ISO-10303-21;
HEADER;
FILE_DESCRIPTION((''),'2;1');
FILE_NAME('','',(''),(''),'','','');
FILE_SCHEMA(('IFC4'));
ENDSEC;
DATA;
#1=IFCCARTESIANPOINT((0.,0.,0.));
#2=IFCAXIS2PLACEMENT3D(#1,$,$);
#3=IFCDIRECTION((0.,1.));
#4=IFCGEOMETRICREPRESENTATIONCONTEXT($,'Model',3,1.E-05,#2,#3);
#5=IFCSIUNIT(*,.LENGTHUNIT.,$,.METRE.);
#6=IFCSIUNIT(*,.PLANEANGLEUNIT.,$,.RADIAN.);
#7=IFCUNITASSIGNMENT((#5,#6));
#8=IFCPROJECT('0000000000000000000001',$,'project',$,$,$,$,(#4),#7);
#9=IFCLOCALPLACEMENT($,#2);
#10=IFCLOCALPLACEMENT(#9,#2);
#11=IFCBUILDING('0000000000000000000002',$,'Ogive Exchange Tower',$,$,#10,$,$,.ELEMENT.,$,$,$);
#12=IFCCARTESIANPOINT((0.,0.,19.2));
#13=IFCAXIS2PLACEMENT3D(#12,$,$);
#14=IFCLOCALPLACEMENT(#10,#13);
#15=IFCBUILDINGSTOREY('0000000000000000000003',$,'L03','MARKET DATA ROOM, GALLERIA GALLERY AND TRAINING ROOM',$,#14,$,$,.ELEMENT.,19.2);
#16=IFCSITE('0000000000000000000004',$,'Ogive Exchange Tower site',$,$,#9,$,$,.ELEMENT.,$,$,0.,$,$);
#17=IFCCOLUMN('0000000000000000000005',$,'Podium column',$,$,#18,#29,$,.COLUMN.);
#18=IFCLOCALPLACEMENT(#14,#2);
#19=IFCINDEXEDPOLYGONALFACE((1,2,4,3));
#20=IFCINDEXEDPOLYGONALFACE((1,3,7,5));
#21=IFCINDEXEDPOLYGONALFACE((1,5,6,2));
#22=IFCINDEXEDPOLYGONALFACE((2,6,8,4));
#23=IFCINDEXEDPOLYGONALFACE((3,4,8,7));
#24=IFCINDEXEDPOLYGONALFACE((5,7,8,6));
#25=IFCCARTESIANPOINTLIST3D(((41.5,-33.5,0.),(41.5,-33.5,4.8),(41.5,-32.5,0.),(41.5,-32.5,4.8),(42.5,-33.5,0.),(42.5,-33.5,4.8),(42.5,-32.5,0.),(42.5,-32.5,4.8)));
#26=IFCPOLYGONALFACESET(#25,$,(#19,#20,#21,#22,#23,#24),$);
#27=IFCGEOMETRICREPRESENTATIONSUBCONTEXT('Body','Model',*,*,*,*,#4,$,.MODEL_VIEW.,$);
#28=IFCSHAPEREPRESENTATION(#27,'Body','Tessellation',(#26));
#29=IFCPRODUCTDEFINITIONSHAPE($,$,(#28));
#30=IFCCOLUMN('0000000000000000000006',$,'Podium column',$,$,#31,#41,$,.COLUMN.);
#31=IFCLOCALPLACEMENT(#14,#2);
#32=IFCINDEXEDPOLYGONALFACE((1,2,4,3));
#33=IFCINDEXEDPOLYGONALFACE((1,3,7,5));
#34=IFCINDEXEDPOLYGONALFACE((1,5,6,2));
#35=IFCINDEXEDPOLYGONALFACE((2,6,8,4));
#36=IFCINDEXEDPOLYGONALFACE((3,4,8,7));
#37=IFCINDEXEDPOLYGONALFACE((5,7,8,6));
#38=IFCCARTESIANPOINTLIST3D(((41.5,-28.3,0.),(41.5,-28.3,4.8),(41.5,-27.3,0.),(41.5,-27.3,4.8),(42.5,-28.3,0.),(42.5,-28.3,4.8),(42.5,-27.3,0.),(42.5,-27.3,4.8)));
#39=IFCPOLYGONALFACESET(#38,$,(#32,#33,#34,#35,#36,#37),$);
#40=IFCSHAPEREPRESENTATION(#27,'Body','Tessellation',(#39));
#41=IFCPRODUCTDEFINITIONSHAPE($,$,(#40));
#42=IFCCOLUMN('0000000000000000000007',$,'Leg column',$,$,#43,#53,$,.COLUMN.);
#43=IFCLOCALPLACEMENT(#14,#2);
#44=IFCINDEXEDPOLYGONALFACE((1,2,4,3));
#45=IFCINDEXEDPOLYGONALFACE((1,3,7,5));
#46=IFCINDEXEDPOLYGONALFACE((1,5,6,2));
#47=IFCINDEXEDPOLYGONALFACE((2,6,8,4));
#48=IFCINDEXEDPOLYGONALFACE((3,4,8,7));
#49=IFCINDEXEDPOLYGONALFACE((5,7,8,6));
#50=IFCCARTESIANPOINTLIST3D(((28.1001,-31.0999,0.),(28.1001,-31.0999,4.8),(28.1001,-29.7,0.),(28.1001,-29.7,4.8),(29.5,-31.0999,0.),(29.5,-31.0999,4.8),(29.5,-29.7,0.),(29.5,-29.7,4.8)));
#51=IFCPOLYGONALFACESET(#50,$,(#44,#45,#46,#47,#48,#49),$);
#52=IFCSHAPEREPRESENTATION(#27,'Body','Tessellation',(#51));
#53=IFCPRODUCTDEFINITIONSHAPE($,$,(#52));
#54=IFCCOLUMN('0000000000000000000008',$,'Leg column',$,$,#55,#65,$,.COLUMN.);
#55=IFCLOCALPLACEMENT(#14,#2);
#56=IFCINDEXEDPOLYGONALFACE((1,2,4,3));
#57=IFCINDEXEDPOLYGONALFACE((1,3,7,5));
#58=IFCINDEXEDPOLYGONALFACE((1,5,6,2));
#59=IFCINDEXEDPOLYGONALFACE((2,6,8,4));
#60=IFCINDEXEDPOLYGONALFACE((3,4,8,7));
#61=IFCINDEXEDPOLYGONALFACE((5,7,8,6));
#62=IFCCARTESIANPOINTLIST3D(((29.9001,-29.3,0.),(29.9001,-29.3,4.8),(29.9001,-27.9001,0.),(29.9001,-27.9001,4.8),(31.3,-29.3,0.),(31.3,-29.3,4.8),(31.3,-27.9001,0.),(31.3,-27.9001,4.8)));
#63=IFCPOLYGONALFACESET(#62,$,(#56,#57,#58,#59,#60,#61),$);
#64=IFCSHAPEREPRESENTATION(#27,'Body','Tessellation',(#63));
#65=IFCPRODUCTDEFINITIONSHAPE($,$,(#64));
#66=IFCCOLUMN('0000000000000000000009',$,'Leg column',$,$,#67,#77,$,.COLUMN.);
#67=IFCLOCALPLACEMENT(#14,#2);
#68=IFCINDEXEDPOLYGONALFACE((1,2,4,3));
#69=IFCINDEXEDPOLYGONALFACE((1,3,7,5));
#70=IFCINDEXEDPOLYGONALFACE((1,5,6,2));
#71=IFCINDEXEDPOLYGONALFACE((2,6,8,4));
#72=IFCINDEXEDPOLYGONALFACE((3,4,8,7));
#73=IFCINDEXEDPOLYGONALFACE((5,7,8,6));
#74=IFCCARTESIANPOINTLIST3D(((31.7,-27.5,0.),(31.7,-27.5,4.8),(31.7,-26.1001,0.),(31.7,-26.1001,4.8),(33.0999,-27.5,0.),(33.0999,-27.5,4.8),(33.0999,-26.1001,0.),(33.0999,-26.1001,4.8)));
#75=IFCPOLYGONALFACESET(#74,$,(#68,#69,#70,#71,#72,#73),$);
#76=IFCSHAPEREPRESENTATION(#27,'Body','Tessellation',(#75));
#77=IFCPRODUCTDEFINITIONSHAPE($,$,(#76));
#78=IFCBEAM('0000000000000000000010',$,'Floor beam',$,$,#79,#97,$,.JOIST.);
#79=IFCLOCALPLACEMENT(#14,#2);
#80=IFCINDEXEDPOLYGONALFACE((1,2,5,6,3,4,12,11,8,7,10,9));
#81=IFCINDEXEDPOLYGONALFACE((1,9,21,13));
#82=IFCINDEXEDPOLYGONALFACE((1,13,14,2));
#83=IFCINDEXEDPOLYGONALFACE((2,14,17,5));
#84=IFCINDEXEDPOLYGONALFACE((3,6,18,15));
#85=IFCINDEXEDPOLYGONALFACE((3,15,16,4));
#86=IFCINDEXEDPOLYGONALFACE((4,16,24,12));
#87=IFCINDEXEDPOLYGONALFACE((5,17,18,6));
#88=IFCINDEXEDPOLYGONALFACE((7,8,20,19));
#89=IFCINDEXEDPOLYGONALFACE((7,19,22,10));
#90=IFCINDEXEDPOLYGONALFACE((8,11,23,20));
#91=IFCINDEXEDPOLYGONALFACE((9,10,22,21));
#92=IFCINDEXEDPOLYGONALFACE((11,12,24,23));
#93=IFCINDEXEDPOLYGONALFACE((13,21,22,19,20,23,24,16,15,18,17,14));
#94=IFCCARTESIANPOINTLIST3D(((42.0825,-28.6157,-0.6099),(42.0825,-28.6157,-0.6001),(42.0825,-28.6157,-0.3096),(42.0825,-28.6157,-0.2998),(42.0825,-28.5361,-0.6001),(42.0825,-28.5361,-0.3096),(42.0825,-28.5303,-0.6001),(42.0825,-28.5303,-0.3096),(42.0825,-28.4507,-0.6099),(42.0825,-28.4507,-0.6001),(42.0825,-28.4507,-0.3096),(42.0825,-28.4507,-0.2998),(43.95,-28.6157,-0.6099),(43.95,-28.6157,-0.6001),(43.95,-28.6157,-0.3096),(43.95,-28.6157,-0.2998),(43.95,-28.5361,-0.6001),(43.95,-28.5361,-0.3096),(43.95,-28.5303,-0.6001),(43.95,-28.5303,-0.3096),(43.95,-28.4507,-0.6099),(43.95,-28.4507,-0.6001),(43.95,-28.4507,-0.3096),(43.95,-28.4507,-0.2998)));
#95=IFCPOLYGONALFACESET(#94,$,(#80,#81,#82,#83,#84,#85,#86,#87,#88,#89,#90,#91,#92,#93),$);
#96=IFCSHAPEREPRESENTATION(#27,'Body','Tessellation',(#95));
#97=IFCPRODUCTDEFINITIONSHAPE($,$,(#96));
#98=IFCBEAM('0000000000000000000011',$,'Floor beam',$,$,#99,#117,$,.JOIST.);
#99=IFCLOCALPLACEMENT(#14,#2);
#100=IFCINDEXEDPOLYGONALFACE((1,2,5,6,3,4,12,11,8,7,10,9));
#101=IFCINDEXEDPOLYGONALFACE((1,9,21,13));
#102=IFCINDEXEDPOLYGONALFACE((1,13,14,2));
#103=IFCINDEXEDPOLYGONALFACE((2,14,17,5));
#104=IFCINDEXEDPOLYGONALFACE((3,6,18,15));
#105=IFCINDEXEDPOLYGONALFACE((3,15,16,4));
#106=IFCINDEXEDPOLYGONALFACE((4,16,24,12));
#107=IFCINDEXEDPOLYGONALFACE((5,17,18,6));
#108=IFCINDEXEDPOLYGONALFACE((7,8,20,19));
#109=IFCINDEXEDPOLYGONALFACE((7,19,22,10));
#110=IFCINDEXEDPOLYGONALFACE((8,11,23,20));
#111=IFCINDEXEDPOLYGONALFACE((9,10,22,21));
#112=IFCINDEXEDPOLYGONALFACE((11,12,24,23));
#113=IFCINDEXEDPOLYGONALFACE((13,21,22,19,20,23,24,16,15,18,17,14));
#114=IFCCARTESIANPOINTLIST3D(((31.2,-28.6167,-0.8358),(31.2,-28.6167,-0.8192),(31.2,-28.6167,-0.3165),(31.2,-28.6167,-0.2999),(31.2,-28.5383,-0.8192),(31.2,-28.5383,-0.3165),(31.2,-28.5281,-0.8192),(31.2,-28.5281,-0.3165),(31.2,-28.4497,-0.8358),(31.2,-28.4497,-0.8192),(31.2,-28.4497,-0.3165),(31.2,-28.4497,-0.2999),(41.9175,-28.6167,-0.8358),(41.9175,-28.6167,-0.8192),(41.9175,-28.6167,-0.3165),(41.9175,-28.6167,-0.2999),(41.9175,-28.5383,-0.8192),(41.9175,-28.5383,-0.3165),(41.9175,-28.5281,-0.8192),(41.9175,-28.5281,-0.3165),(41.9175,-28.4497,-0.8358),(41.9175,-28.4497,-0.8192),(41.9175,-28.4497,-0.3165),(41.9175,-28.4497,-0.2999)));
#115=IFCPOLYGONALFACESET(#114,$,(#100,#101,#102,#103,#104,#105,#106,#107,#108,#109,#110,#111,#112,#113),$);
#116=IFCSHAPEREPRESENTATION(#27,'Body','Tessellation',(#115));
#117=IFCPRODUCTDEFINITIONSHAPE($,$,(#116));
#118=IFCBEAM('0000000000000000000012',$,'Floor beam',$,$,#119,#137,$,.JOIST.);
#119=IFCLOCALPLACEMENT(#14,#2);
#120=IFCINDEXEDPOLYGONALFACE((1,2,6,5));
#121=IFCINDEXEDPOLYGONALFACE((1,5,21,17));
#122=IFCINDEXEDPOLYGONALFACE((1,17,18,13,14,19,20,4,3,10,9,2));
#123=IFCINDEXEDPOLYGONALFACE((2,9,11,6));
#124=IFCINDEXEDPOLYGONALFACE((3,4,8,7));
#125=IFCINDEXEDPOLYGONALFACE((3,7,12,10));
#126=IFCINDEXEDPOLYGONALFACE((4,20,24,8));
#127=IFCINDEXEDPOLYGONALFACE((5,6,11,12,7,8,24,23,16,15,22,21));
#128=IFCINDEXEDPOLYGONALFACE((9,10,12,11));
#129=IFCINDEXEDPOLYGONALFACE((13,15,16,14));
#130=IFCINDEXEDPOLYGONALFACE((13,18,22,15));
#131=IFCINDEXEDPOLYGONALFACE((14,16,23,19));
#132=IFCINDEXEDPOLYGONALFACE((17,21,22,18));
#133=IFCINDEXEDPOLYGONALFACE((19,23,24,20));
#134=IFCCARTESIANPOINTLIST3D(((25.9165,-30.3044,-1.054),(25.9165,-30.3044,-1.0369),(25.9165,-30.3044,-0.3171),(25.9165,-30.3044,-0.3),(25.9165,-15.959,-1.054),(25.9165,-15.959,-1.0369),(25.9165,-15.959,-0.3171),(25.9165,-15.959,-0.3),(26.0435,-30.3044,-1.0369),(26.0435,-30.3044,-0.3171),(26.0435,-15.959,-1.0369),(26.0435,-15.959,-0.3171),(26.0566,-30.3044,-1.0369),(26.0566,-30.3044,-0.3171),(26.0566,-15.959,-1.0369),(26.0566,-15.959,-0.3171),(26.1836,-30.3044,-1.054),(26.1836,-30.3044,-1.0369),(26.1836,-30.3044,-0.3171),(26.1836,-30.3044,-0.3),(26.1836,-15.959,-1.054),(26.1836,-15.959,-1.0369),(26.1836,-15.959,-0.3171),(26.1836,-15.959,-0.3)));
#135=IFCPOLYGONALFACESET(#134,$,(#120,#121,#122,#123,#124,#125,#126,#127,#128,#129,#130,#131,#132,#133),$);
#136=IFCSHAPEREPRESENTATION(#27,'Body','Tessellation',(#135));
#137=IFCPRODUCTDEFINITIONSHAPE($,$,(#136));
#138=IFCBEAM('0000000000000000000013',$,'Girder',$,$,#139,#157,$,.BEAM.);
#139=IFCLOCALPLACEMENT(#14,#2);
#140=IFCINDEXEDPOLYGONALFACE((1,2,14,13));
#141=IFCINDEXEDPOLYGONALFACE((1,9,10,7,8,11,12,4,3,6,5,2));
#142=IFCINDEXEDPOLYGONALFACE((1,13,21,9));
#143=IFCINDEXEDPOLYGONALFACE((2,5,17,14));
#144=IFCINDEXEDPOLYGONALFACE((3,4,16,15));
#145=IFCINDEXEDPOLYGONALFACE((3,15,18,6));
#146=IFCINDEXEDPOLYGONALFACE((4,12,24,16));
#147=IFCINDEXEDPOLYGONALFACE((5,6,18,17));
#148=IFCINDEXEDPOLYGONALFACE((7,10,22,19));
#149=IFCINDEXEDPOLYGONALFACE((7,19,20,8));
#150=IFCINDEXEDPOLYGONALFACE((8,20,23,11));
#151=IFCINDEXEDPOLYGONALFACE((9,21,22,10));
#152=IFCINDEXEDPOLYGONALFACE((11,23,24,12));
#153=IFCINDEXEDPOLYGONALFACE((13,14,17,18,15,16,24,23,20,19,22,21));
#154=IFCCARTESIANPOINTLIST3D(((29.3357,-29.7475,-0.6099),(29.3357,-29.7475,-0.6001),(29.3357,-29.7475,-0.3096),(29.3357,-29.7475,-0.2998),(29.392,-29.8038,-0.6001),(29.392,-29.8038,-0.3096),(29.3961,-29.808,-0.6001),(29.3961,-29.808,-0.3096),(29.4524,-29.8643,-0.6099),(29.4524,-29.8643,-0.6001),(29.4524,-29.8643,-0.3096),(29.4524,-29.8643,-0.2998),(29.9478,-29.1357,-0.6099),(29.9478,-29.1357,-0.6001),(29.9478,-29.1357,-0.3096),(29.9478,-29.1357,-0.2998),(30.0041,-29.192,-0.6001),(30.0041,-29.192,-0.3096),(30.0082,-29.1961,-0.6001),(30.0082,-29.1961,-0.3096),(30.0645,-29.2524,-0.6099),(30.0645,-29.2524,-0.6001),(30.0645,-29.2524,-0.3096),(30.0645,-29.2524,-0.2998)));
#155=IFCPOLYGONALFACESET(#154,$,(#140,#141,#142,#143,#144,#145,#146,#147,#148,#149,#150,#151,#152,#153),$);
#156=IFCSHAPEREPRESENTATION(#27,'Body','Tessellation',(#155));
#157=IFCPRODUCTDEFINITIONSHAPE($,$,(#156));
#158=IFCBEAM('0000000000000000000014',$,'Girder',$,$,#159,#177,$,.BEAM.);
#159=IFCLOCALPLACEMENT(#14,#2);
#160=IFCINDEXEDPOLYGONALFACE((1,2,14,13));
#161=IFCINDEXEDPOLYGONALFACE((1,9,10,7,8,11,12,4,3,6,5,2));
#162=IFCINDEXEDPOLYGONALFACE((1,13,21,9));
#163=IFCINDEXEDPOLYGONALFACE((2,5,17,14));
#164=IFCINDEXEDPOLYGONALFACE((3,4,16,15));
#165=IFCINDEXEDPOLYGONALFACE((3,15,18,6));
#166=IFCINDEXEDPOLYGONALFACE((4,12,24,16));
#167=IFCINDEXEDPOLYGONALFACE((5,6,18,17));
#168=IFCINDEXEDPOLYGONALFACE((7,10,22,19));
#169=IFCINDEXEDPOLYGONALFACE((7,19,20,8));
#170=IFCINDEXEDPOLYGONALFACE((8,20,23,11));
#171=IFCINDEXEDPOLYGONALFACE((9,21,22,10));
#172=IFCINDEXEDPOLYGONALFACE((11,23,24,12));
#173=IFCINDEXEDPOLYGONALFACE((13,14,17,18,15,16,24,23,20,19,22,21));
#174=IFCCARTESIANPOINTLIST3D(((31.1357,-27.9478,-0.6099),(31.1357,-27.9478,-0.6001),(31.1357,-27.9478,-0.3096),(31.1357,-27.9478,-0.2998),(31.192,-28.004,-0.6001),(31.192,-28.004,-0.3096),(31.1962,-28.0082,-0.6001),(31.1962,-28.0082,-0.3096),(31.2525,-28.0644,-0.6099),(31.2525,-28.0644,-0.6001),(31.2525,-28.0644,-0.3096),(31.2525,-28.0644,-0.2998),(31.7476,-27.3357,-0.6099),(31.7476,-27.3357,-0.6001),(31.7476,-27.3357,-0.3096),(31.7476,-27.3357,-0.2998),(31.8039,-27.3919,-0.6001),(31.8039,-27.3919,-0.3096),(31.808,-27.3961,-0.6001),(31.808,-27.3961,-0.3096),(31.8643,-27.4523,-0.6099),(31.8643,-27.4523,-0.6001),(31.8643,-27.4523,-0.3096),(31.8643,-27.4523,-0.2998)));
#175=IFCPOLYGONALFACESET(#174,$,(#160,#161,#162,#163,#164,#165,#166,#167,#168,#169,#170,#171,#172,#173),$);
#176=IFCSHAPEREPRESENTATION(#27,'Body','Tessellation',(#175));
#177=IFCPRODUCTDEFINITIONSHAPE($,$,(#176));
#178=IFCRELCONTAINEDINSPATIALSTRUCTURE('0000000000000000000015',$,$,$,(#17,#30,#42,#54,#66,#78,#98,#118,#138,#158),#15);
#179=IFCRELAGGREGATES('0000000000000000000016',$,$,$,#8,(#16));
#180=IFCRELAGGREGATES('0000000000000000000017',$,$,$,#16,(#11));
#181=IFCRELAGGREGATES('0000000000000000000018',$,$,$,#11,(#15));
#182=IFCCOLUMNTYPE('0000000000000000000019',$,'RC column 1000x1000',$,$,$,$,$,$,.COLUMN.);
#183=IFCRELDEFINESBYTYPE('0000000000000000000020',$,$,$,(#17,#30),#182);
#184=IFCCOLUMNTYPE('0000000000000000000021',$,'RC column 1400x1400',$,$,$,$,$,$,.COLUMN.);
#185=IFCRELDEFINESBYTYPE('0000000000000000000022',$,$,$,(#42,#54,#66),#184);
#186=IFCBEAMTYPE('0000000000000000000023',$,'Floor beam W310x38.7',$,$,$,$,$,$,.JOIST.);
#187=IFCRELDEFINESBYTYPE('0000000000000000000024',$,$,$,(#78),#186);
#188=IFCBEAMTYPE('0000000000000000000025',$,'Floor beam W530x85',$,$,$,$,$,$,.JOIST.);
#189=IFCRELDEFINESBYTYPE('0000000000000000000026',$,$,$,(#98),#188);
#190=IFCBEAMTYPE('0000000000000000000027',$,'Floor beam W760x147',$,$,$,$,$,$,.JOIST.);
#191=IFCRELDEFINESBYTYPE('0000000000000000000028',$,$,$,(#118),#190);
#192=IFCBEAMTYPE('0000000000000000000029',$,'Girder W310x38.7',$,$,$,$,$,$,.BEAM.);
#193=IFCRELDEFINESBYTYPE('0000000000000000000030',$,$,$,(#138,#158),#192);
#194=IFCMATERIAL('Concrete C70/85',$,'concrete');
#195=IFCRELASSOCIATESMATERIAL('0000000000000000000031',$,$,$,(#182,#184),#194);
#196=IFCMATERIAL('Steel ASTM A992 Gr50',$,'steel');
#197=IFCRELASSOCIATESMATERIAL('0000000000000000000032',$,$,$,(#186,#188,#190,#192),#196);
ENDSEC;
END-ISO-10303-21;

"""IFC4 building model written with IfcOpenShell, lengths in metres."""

from ifc_helpers import new_model, si_unit, direction, frame, origin, origin_2d, place, context, subcontext, project, spatial, rectangle, i_section, extrude, material, material_profile, profile_set, type_object, element, save


model = new_model("IFC4")

# Units and contexts
model_context = context("Model", 3, precision=1e-05, world=origin(), true_north=direction((0.0, 1.0)))
body_context = subcontext(model_context, "Body", "Model", "MODEL_VIEW")
ifc_project = project(units=[si_unit("LENGTHUNIT", "METRE"), si_unit("PLANEANGLEUNIT", "RADIAN")], contexts=[model_context])

# Site, building, storey
site_placement = place(None, origin())
site = spatial("IfcSite", under=ifc_project, at=site_placement, Name="Ogive Exchange Tower site", CompositionType="ELEMENT", RefElevation=0.0)
building_placement = place(site_placement, origin())
building = spatial("IfcBuilding", under=site, at=building_placement, Name="Ogive Exchange Tower", CompositionType="ELEMENT")
storey_placement = place(building_placement, frame((0.0, 0.0, 19.2)))
storey = spatial("IfcBuildingStorey", under=building, at=storey_placement, Name="L03", Description="MARKET DATA ROOM, GALLERIA GALLERY AND TRAINING ROOM", CompositionType="ELEMENT", Elevation=19.2)

# Columns
ifc_material_1 = material(Name="Concrete C70/85", Category="concrete")
ifc_material_profile_1 = material_profile(ifc_material_1, rectangle(XDim=1.0, YDim=1.0, at=origin_2d()), Name="RC 1000x1000")
ifc_profile_set_1 = profile_set([ifc_material_profile_1], Name="Concrete C70/85")
column_type_1 = type_object("IfcColumnType", Name="RC column 1000x1000", PredefinedType="COLUMN", material=ifc_profile_set_1)
for number, where, z_axis, x_axis, name in (
    (1, (42.0, -33.0, 0.0), (0.0, 0.0, 1.0), (1.0, 0.0, 0.0), "Podium column"),
    (2, (42.0, -27.8, 0.0), (0.0, 0.0, 1.0), (1.0, 0.0, 0.0), "Podium column"),
):
    element("IfcColumn", number, at=place(storey_placement, frame(where, z_axis=z_axis, x_axis=x_axis)), inside=storey, type_object=column_type_1, Name=name, PredefinedType="COLUMN", context=body_context, shape_type="SweptSolid", body=[
        extrude(rectangle(XDim=1.0, YDim=1.0, at=origin_2d()), origin(), (0.0, 0.0, 1.0), 4.8),
    ])
ifc_material_profile_2 = material_profile(ifc_material_1, rectangle(XDim=1.3999, YDim=1.3999, at=origin_2d()), Name="RC 1400x1400")
ifc_profile_set_2 = profile_set([ifc_material_profile_2], Name="Concrete C70/85")
column_type_2 = type_object("IfcColumnType", Name="RC column 1400x1400", PredefinedType="COLUMN", material=ifc_profile_set_2)
for number, where, z_axis, x_axis, name in (
    (3, (28.8, -30.3999, 0.0), (0.0, 0.0, 1.0), (1.0, 0.0, 0.0), "Leg column"),
    (4, (30.6001, -28.6001, 0.0), (0.0, 0.0, 1.0), (1.0, 0.0, 0.0), "Leg column"),
    (5, (32.3999, -26.8, 0.0), (0.0, 0.0, 1.0), (1.0, 0.0, 0.0), "Leg column"),
):
    element("IfcColumn", number, at=place(storey_placement, frame(where, z_axis=z_axis, x_axis=x_axis)), inside=storey, type_object=column_type_2, Name=name, PredefinedType="COLUMN", context=body_context, shape_type="SweptSolid", body=[
        extrude(rectangle(XDim=1.3999, YDim=1.3999, at=origin_2d()), origin(), (0.0, 0.0, 1.0), 4.8),
    ])

# Beams
ifc_material_2 = material(Name="Steel ASTM A992 Gr50", Category="steel")
ifc_material_profile_3 = material_profile(ifc_material_2, i_section(OverallWidth=0.165, OverallDepth=0.3101, WebThickness=0.0059, FlangeThickness=0.0098, at=origin_2d()), Name="W310x38.7")
ifc_profile_set_3 = profile_set([ifc_material_profile_3], Name="Steel ASTM A992 Gr50")
beam_type_1 = type_object("IfcBeamType", Name="Floor beam W310x38.7", PredefinedType="JOIST", material=ifc_profile_set_3)
beam_1_placement = place(storey_placement, frame((42.0825, -28.5332, -0.4548), z_axis=(1.0, 0.0, 0.0), x_axis=(0.0, 1.0, 0.0)))
element("IfcBeam", 6, at=beam_1_placement, inside=storey, type_object=beam_type_1, Name="Floor beam", PredefinedType="JOIST", context=body_context, shape_type="SweptSolid", body=[
    extrude(i_section(OverallWidth=0.165, OverallDepth=0.3101, WebThickness=0.0059, FlangeThickness=0.0098, at=origin_2d()), origin(), (0.0, 0.0, 1.0), 1.8674),
])
ifc_material_profile_4 = material_profile(ifc_material_2, i_section(OverallWidth=0.167, OverallDepth=0.5359, WebThickness=0.0103, FlangeThickness=0.0166, at=origin_2d()), Name="W530x85")
ifc_profile_set_4 = profile_set([ifc_material_profile_4], Name="Steel ASTM A992 Gr50")
beam_type_2 = type_object("IfcBeamType", Name="Floor beam W530x85", PredefinedType="JOIST", material=ifc_profile_set_4)
beam_2_placement = place(storey_placement, frame((31.2, -28.5332, -0.5679), z_axis=(1.0, 0.0, 0.0), x_axis=(0.0, 1.0, 0.0)))
element("IfcBeam", 7, at=beam_2_placement, inside=storey, type_object=beam_type_2, Name="Floor beam", PredefinedType="JOIST", context=body_context, shape_type="SweptSolid", body=[
    extrude(i_section(OverallWidth=0.167, OverallDepth=0.5359, WebThickness=0.0103, FlangeThickness=0.0166, at=origin_2d()), origin(), (0.0, 0.0, 1.0), 10.7175),
])
ifc_material_profile_5 = material_profile(ifc_material_2, i_section(OverallWidth=0.2671, OverallDepth=0.7539, WebThickness=0.0132, FlangeThickness=0.0171, at=origin_2d()), Name="W760x147")
ifc_profile_set_5 = profile_set([ifc_material_profile_5], Name="Steel ASTM A992 Gr50")
beam_type_3 = type_object("IfcBeamType", Name="Floor beam W760x147", PredefinedType="JOIST", material=ifc_profile_set_5)
beam_3_placement = place(storey_placement, frame((26.05, -30.3044, -0.677), z_axis=(0.0, 1.0, 0.0), x_axis=(-1.0, 0.0, 0.0)))
element("IfcBeam", 8, at=beam_3_placement, inside=storey, type_object=beam_type_3, Name="Floor beam", PredefinedType="JOIST", context=body_context, shape_type="SweptSolid", body=[
    extrude(i_section(OverallWidth=0.2671, OverallDepth=0.7539, WebThickness=0.0132, FlangeThickness=0.0171, at=origin_2d()), origin(), (0.0, 0.0, 1.0), 14.3455),
])
ifc_material_profile_6 = material_profile(ifc_material_2, i_section(OverallWidth=0.165, OverallDepth=0.3101, WebThickness=0.0059, FlangeThickness=0.0098, at=origin_2d()), Name="W310x38.7")
ifc_profile_set_6 = profile_set([ifc_material_profile_6], Name="Steel ASTM A992 Gr50")
beam_type_4 = type_object("IfcBeamType", Name="Girder W310x38.7", PredefinedType="BEAM", material=ifc_profile_set_6)
for number, where, z_axis, x_axis, name in (
    (9, (29.394, -29.8059, -0.4548), (0.707248, 0.706966, 0.0), (-0.706966, 0.707248, 0.0), "Girder"),
    (10, (31.1941, -28.0061, -0.4548), (0.706966, 0.707248, 0.0), (-0.707248, 0.706966, 0.0), "Girder"),
):
    element("IfcBeam", number, at=place(storey_placement, frame(where, z_axis=z_axis, x_axis=x_axis)), inside=storey, type_object=beam_type_4, Name=name, PredefinedType="BEAM", context=body_context, shape_type="SweptSolid", body=[
        extrude(i_section(OverallWidth=0.165, OverallDepth=0.3101, WebThickness=0.0059, FlangeThickness=0.0098, at=origin_2d()), origin(), (0.0, 0.0, 1.0), 0.8655),
    ])

save(model, "model.ifc")
